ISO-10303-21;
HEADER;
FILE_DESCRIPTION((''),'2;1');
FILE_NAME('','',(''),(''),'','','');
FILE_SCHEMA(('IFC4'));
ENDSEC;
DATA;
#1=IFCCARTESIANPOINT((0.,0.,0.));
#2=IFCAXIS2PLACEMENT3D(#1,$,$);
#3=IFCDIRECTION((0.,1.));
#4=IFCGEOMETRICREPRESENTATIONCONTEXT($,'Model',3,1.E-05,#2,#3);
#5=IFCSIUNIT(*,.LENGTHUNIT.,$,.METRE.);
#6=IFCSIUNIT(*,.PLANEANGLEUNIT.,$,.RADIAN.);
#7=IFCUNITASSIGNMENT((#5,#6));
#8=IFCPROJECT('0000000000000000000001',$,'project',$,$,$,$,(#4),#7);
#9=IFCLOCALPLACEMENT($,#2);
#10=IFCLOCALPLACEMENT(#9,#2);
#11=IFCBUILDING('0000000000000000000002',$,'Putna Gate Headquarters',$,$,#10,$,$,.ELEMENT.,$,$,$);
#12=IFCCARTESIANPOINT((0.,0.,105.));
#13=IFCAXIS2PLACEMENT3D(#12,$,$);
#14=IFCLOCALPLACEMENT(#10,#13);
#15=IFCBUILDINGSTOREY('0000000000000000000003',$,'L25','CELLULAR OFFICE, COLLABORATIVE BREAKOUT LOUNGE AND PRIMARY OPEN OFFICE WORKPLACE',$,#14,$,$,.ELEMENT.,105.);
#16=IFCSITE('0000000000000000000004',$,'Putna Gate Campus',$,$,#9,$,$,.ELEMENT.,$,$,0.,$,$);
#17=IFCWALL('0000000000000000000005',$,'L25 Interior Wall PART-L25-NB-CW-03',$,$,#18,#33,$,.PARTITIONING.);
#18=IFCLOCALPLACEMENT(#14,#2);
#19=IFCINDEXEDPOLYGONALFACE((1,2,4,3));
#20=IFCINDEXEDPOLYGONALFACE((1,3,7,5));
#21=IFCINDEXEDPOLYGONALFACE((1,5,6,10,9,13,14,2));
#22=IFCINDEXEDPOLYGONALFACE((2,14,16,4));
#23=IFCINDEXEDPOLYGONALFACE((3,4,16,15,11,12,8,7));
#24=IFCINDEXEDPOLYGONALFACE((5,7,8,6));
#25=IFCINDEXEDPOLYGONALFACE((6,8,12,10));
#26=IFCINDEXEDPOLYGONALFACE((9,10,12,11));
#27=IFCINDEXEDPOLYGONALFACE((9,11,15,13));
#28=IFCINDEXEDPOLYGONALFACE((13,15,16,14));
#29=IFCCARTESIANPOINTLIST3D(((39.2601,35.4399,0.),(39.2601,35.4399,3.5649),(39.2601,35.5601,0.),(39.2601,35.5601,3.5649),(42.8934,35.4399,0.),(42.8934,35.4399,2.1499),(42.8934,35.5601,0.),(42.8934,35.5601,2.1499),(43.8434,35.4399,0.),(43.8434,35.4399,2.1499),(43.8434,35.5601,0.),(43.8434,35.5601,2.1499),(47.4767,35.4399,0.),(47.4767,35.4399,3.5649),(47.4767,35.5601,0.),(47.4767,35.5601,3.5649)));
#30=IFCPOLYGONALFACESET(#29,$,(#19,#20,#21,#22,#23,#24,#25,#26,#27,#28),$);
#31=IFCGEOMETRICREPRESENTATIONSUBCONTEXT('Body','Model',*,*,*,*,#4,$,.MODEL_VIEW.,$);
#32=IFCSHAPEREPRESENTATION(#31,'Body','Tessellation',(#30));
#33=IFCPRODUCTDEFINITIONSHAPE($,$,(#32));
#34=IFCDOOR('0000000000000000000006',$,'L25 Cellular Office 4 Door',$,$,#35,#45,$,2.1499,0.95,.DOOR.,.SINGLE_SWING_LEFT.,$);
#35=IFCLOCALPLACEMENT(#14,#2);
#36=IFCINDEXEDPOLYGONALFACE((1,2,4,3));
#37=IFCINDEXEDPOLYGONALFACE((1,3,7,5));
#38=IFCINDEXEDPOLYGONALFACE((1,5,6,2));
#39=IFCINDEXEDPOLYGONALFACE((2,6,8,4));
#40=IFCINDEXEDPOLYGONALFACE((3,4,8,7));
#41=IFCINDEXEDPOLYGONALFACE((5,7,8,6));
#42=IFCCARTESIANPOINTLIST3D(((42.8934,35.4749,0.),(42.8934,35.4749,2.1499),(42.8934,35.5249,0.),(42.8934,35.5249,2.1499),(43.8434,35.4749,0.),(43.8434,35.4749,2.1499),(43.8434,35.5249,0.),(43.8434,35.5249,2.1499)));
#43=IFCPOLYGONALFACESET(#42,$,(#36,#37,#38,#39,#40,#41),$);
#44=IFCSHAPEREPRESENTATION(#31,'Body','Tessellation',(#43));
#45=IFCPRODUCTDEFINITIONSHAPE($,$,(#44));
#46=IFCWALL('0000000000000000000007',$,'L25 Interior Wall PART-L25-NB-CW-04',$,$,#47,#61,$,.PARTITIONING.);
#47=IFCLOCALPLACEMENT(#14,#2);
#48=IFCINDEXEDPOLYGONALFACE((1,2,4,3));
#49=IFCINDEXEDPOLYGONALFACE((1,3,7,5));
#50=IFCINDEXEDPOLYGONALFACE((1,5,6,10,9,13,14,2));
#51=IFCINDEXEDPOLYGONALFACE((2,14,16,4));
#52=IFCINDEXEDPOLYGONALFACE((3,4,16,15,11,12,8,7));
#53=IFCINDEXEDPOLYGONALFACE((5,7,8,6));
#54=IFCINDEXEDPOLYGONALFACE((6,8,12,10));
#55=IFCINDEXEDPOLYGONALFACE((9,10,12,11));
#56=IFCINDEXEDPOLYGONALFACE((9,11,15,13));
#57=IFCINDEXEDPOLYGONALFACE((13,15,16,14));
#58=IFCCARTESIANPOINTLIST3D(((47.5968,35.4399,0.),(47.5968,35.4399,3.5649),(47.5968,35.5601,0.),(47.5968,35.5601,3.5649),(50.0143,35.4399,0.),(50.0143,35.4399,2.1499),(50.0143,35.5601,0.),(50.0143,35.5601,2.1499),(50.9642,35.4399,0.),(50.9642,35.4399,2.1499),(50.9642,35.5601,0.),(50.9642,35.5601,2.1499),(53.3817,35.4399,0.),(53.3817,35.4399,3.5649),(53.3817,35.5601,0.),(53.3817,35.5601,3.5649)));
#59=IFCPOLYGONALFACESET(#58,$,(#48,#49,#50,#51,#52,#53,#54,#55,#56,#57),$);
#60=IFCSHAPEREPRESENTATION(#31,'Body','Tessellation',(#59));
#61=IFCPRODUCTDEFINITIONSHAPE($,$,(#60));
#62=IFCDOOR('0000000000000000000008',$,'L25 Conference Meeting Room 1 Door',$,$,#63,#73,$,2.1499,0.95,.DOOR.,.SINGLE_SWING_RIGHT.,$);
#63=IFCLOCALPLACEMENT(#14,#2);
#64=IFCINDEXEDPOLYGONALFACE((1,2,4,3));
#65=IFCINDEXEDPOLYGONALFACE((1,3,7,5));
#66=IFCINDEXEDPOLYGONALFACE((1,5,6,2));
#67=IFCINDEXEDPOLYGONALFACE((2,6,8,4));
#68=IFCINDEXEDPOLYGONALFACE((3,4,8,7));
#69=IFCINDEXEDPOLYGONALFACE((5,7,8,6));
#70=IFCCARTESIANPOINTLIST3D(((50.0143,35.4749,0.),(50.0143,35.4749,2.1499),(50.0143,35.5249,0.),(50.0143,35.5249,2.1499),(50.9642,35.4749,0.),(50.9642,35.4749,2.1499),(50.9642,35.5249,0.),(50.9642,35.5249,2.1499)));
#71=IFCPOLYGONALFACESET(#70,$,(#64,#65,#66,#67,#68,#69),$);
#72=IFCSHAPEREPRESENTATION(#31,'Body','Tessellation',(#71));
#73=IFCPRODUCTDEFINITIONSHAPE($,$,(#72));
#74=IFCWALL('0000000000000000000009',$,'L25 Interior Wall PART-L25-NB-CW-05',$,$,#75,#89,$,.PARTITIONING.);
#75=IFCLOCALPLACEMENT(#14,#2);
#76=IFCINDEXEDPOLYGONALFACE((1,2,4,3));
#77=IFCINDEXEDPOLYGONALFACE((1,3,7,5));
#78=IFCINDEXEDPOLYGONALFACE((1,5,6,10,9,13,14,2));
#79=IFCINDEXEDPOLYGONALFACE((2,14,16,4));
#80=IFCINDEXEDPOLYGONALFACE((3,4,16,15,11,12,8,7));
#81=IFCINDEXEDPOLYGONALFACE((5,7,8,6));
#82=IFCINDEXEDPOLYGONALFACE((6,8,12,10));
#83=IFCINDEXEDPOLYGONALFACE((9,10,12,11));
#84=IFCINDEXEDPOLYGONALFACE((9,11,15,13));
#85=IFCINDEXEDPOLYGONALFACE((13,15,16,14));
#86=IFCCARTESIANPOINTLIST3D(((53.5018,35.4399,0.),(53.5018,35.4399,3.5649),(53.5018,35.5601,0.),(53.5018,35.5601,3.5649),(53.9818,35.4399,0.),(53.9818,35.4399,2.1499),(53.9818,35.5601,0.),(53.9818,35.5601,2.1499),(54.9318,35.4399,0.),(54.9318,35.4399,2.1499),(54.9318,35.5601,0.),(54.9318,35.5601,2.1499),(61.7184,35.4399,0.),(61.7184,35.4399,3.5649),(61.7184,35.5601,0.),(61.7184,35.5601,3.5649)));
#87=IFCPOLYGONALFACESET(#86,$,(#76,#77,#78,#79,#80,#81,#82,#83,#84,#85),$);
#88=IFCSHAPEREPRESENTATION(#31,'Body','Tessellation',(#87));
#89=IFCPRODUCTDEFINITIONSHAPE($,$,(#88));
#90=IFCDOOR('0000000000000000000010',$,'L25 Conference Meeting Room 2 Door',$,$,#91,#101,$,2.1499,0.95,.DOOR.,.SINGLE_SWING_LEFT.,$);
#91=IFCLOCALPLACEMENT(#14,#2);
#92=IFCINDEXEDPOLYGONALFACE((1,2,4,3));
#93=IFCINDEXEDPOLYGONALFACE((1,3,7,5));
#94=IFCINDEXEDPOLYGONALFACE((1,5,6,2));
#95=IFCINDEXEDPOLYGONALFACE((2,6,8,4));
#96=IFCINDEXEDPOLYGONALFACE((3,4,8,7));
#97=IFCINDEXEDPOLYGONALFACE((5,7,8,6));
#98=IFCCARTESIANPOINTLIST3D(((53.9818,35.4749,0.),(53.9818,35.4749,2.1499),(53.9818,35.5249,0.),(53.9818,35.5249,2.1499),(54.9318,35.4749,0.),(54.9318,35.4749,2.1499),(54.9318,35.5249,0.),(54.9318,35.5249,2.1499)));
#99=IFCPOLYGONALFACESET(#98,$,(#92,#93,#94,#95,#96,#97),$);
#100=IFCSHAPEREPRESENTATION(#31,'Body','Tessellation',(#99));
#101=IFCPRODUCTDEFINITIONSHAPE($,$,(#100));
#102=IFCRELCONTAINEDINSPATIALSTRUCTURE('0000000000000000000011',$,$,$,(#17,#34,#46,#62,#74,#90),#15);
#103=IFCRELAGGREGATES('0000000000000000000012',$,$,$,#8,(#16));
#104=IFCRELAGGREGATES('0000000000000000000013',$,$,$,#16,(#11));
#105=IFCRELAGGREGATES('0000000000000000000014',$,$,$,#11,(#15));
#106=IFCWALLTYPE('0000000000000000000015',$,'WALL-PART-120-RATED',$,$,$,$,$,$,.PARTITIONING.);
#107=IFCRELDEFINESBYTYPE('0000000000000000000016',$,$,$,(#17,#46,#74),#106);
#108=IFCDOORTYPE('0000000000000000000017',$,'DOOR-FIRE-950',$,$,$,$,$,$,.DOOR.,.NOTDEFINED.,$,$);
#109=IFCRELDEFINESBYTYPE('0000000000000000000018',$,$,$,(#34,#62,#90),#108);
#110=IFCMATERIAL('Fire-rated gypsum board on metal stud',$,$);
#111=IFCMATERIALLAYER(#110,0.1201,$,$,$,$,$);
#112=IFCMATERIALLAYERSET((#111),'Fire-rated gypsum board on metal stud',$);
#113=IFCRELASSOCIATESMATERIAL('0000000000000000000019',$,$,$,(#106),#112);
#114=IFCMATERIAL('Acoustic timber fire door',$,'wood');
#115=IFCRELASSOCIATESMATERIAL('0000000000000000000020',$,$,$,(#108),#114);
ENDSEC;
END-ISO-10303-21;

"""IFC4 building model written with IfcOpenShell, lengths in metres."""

from ifc_helpers import new_model, si_unit, direction, frame, frame_2d, origin, place, context, subcontext, project, spatial, rectangle, extrude, material, layer, layer_set, type_object, element, fill, save


model = new_model("IFC4")

# Units and contexts
model_context = context("Model", 3, precision=1e-05, world=origin(), true_north=direction((0.0, 1.0)))
body_context = subcontext(model_context, "Body", "Model", "MODEL_VIEW")
ifc_project = project(units=[si_unit("LENGTHUNIT", "METRE"), si_unit("PLANEANGLEUNIT", "RADIAN")], contexts=[model_context])

# Site, building, storey
site_placement = place(None, origin())
site = spatial("IfcSite", under=ifc_project, at=site_placement, Name="Putna Gate Campus", CompositionType="ELEMENT", RefElevation=0.0)
building_placement = place(site_placement, origin())
building = spatial("IfcBuilding", under=site, at=building_placement, Name="Putna Gate Headquarters", CompositionType="ELEMENT")
storey_placement = place(building_placement, frame((0.0, 0.0, 105.0)))
storey = spatial("IfcBuildingStorey", under=building, at=storey_placement, Name="L25", Description="CELLULAR OFFICE, COLLABORATIVE BREAKOUT LOUNGE AND PRIMARY OPEN OFFICE WORKPLACE", CompositionType="ELEMENT", Elevation=105.0)

# Walls, openings, doors
ifc_material_1 = material(Name="Fire-rated gypsum board on metal stud")
ifc_layer_1 = layer(ifc_material_1, 0.1201)
ifc_layer_set_1 = layer_set([ifc_layer_1], Name="Fire-rated gypsum board on metal stud")
wall_type_1 = type_object("IfcWallType", Name="WALL-PART-120-RATED", PredefinedType="PARTITIONING", material=ifc_layer_set_1)
wall_1_placement = place(storey_placement, frame((39.26, 35.5, 0.0), z_axis=(0.0, 0.0, 1.0), x_axis=(1.0, 0.0, 0.0)))
wall_1 = element("IfcWall", 1, at=wall_1_placement, inside=storey, type_object=wall_type_1, Name="L25 Interior Wall PART-L25-NB-CW-03", PredefinedType="PARTITIONING", context=body_context, shape_type="SweptSolid", body=[
    extrude(rectangle(XDim=8.2166, YDim=0.1201, at=frame_2d((4.1084, 0.0))), origin(), (0.0, 0.0, 1.0), 3.5649),
])
opening_1_placement = place(wall_1_placement, frame((3.6333, 0.0, 0.0)))
opening_1 = element("IfcOpeningElement", 2, at=opening_1_placement, cuts=wall_1, PredefinedType="OPENING", context=body_context, shape_type="SweptSolid", body=[
    extrude(rectangle(XDim=0.95, YDim=2.1499, at=frame_2d((0.4751, 1.075))), frame((0.0, 0.0701, 0.0), z_axis=(0.0, -1.0, 0.0), x_axis=(1.0, 0.0, 0.0)), (0.0, 0.0, 1.0), 0.1401),
])
ifc_material_2 = material(Name="Acoustic timber fire door", Category="wood")
door_type = type_object("IfcDoorType", Name="DOOR-FIRE-950", OperationType="NOTDEFINED", PredefinedType="DOOR", material=ifc_material_2)
door_1_placement = place(opening_1_placement, origin())
door_1 = element("IfcDoor", 3, at=door_1_placement, inside=storey, type_object=door_type, Name="L25 Cellular Office 4 Door", OperationType="SINGLE_SWING_LEFT", OverallHeight=2.1499, OverallWidth=0.95, PredefinedType="DOOR", context=body_context, shape_type="SweptSolid", body=[
    extrude(rectangle(XDim=0.95, YDim=2.1499, at=frame_2d((0.4751, 1.075))), frame((0.0, 0.0249, 0.0), z_axis=(0.0, -1.0, 0.0), x_axis=(1.0, 0.0, 0.0)), (0.0, 0.0, 1.0), 0.05),
])
fill(opening_1, door_1)
wall_2_placement = place(storey_placement, frame((47.5967, 35.5, 0.0), z_axis=(0.0, 0.0, 1.0), x_axis=(1.0, 0.0, 0.0)))
wall_2 = element("IfcWall", 4, at=wall_2_placement, inside=storey, type_object=wall_type_1, Name="L25 Interior Wall PART-L25-NB-CW-04", PredefinedType="PARTITIONING", context=body_context, shape_type="SweptSolid", body=[
    extrude(rectangle(XDim=5.7849, YDim=0.1201, at=frame_2d((2.8926, 0.0))), origin(), (0.0, 0.0, 1.0), 3.5649),
])
opening_2_placement = place(wall_2_placement, frame((2.4175, 0.0, 0.0)))
opening_2 = element("IfcOpeningElement", 5, at=opening_2_placement, cuts=wall_2, PredefinedType="OPENING", context=body_context, shape_type="SweptSolid", body=[
    extrude(rectangle(XDim=0.95, YDim=2.1499, at=frame_2d((0.4751, 1.075))), frame((0.0, 0.0701, 0.0), z_axis=(0.0, -1.0, 0.0), x_axis=(1.0, 0.0, 0.0)), (0.0, 0.0, 1.0), 0.1401),
])
door_2_placement = place(opening_2_placement, origin())
door_2 = element("IfcDoor", 6, at=door_2_placement, inside=storey, type_object=door_type, Name="L25 Conference Meeting Room 1 Door", OperationType="SINGLE_SWING_RIGHT", OverallHeight=2.1499, OverallWidth=0.95, PredefinedType="DOOR", context=body_context, shape_type="SweptSolid", body=[
    extrude(rectangle(XDim=0.95, YDim=2.1499, at=frame_2d((0.4751, 1.075))), frame((0.0, 0.0249, 0.0), z_axis=(0.0, -1.0, 0.0), x_axis=(1.0, 0.0, 0.0)), (0.0, 0.0, 1.0), 0.05),
])
fill(opening_2, door_2)
wall_3_placement = place(storey_placement, frame((53.5017, 35.5, 0.0), z_axis=(0.0, 0.0, 1.0), x_axis=(1.0, 0.0, 0.0)))
wall_3 = element("IfcWall", 7, at=wall_3_placement, inside=storey, type_object=wall_type_1, Name="L25 Interior Wall PART-L25-NB-CW-05", PredefinedType="PARTITIONING", context=body_context, shape_type="SweptSolid", body=[
    extrude(rectangle(XDim=8.2166, YDim=0.1201, at=frame_2d((4.1084, 0.0))), origin(), (0.0, 0.0, 1.0), 3.5649),
])
opening_3_placement = place(wall_3_placement, frame((0.48, 0.0, 0.0)))
opening_3 = element("IfcOpeningElement", 8, at=opening_3_placement, cuts=wall_3, PredefinedType="OPENING", context=body_context, shape_type="SweptSolid", body=[
    extrude(rectangle(XDim=0.95, YDim=2.1499, at=frame_2d((0.4751, 1.075))), frame((0.0, 0.0701, 0.0), z_axis=(0.0, -1.0, 0.0), x_axis=(1.0, 0.0, 0.0)), (0.0, 0.0, 1.0), 0.1401),
])
door_3_placement = place(opening_3_placement, origin())
door_3 = element("IfcDoor", 9, at=door_3_placement, inside=storey, type_object=door_type, Name="L25 Conference Meeting Room 2 Door", OperationType="SINGLE_SWING_LEFT", OverallHeight=2.1499, OverallWidth=0.95, PredefinedType="DOOR", context=body_context, shape_type="SweptSolid", body=[
    extrude(rectangle(XDim=0.95, YDim=2.1499, at=frame_2d((0.4751, 1.075))), frame((0.0, 0.0249, 0.0), z_axis=(0.0, -1.0, 0.0), x_axis=(1.0, 0.0, 0.0)), (0.0, 0.0, 1.0), 0.05),
])
fill(opening_3, door_3)

save(model, "model.ifc")
